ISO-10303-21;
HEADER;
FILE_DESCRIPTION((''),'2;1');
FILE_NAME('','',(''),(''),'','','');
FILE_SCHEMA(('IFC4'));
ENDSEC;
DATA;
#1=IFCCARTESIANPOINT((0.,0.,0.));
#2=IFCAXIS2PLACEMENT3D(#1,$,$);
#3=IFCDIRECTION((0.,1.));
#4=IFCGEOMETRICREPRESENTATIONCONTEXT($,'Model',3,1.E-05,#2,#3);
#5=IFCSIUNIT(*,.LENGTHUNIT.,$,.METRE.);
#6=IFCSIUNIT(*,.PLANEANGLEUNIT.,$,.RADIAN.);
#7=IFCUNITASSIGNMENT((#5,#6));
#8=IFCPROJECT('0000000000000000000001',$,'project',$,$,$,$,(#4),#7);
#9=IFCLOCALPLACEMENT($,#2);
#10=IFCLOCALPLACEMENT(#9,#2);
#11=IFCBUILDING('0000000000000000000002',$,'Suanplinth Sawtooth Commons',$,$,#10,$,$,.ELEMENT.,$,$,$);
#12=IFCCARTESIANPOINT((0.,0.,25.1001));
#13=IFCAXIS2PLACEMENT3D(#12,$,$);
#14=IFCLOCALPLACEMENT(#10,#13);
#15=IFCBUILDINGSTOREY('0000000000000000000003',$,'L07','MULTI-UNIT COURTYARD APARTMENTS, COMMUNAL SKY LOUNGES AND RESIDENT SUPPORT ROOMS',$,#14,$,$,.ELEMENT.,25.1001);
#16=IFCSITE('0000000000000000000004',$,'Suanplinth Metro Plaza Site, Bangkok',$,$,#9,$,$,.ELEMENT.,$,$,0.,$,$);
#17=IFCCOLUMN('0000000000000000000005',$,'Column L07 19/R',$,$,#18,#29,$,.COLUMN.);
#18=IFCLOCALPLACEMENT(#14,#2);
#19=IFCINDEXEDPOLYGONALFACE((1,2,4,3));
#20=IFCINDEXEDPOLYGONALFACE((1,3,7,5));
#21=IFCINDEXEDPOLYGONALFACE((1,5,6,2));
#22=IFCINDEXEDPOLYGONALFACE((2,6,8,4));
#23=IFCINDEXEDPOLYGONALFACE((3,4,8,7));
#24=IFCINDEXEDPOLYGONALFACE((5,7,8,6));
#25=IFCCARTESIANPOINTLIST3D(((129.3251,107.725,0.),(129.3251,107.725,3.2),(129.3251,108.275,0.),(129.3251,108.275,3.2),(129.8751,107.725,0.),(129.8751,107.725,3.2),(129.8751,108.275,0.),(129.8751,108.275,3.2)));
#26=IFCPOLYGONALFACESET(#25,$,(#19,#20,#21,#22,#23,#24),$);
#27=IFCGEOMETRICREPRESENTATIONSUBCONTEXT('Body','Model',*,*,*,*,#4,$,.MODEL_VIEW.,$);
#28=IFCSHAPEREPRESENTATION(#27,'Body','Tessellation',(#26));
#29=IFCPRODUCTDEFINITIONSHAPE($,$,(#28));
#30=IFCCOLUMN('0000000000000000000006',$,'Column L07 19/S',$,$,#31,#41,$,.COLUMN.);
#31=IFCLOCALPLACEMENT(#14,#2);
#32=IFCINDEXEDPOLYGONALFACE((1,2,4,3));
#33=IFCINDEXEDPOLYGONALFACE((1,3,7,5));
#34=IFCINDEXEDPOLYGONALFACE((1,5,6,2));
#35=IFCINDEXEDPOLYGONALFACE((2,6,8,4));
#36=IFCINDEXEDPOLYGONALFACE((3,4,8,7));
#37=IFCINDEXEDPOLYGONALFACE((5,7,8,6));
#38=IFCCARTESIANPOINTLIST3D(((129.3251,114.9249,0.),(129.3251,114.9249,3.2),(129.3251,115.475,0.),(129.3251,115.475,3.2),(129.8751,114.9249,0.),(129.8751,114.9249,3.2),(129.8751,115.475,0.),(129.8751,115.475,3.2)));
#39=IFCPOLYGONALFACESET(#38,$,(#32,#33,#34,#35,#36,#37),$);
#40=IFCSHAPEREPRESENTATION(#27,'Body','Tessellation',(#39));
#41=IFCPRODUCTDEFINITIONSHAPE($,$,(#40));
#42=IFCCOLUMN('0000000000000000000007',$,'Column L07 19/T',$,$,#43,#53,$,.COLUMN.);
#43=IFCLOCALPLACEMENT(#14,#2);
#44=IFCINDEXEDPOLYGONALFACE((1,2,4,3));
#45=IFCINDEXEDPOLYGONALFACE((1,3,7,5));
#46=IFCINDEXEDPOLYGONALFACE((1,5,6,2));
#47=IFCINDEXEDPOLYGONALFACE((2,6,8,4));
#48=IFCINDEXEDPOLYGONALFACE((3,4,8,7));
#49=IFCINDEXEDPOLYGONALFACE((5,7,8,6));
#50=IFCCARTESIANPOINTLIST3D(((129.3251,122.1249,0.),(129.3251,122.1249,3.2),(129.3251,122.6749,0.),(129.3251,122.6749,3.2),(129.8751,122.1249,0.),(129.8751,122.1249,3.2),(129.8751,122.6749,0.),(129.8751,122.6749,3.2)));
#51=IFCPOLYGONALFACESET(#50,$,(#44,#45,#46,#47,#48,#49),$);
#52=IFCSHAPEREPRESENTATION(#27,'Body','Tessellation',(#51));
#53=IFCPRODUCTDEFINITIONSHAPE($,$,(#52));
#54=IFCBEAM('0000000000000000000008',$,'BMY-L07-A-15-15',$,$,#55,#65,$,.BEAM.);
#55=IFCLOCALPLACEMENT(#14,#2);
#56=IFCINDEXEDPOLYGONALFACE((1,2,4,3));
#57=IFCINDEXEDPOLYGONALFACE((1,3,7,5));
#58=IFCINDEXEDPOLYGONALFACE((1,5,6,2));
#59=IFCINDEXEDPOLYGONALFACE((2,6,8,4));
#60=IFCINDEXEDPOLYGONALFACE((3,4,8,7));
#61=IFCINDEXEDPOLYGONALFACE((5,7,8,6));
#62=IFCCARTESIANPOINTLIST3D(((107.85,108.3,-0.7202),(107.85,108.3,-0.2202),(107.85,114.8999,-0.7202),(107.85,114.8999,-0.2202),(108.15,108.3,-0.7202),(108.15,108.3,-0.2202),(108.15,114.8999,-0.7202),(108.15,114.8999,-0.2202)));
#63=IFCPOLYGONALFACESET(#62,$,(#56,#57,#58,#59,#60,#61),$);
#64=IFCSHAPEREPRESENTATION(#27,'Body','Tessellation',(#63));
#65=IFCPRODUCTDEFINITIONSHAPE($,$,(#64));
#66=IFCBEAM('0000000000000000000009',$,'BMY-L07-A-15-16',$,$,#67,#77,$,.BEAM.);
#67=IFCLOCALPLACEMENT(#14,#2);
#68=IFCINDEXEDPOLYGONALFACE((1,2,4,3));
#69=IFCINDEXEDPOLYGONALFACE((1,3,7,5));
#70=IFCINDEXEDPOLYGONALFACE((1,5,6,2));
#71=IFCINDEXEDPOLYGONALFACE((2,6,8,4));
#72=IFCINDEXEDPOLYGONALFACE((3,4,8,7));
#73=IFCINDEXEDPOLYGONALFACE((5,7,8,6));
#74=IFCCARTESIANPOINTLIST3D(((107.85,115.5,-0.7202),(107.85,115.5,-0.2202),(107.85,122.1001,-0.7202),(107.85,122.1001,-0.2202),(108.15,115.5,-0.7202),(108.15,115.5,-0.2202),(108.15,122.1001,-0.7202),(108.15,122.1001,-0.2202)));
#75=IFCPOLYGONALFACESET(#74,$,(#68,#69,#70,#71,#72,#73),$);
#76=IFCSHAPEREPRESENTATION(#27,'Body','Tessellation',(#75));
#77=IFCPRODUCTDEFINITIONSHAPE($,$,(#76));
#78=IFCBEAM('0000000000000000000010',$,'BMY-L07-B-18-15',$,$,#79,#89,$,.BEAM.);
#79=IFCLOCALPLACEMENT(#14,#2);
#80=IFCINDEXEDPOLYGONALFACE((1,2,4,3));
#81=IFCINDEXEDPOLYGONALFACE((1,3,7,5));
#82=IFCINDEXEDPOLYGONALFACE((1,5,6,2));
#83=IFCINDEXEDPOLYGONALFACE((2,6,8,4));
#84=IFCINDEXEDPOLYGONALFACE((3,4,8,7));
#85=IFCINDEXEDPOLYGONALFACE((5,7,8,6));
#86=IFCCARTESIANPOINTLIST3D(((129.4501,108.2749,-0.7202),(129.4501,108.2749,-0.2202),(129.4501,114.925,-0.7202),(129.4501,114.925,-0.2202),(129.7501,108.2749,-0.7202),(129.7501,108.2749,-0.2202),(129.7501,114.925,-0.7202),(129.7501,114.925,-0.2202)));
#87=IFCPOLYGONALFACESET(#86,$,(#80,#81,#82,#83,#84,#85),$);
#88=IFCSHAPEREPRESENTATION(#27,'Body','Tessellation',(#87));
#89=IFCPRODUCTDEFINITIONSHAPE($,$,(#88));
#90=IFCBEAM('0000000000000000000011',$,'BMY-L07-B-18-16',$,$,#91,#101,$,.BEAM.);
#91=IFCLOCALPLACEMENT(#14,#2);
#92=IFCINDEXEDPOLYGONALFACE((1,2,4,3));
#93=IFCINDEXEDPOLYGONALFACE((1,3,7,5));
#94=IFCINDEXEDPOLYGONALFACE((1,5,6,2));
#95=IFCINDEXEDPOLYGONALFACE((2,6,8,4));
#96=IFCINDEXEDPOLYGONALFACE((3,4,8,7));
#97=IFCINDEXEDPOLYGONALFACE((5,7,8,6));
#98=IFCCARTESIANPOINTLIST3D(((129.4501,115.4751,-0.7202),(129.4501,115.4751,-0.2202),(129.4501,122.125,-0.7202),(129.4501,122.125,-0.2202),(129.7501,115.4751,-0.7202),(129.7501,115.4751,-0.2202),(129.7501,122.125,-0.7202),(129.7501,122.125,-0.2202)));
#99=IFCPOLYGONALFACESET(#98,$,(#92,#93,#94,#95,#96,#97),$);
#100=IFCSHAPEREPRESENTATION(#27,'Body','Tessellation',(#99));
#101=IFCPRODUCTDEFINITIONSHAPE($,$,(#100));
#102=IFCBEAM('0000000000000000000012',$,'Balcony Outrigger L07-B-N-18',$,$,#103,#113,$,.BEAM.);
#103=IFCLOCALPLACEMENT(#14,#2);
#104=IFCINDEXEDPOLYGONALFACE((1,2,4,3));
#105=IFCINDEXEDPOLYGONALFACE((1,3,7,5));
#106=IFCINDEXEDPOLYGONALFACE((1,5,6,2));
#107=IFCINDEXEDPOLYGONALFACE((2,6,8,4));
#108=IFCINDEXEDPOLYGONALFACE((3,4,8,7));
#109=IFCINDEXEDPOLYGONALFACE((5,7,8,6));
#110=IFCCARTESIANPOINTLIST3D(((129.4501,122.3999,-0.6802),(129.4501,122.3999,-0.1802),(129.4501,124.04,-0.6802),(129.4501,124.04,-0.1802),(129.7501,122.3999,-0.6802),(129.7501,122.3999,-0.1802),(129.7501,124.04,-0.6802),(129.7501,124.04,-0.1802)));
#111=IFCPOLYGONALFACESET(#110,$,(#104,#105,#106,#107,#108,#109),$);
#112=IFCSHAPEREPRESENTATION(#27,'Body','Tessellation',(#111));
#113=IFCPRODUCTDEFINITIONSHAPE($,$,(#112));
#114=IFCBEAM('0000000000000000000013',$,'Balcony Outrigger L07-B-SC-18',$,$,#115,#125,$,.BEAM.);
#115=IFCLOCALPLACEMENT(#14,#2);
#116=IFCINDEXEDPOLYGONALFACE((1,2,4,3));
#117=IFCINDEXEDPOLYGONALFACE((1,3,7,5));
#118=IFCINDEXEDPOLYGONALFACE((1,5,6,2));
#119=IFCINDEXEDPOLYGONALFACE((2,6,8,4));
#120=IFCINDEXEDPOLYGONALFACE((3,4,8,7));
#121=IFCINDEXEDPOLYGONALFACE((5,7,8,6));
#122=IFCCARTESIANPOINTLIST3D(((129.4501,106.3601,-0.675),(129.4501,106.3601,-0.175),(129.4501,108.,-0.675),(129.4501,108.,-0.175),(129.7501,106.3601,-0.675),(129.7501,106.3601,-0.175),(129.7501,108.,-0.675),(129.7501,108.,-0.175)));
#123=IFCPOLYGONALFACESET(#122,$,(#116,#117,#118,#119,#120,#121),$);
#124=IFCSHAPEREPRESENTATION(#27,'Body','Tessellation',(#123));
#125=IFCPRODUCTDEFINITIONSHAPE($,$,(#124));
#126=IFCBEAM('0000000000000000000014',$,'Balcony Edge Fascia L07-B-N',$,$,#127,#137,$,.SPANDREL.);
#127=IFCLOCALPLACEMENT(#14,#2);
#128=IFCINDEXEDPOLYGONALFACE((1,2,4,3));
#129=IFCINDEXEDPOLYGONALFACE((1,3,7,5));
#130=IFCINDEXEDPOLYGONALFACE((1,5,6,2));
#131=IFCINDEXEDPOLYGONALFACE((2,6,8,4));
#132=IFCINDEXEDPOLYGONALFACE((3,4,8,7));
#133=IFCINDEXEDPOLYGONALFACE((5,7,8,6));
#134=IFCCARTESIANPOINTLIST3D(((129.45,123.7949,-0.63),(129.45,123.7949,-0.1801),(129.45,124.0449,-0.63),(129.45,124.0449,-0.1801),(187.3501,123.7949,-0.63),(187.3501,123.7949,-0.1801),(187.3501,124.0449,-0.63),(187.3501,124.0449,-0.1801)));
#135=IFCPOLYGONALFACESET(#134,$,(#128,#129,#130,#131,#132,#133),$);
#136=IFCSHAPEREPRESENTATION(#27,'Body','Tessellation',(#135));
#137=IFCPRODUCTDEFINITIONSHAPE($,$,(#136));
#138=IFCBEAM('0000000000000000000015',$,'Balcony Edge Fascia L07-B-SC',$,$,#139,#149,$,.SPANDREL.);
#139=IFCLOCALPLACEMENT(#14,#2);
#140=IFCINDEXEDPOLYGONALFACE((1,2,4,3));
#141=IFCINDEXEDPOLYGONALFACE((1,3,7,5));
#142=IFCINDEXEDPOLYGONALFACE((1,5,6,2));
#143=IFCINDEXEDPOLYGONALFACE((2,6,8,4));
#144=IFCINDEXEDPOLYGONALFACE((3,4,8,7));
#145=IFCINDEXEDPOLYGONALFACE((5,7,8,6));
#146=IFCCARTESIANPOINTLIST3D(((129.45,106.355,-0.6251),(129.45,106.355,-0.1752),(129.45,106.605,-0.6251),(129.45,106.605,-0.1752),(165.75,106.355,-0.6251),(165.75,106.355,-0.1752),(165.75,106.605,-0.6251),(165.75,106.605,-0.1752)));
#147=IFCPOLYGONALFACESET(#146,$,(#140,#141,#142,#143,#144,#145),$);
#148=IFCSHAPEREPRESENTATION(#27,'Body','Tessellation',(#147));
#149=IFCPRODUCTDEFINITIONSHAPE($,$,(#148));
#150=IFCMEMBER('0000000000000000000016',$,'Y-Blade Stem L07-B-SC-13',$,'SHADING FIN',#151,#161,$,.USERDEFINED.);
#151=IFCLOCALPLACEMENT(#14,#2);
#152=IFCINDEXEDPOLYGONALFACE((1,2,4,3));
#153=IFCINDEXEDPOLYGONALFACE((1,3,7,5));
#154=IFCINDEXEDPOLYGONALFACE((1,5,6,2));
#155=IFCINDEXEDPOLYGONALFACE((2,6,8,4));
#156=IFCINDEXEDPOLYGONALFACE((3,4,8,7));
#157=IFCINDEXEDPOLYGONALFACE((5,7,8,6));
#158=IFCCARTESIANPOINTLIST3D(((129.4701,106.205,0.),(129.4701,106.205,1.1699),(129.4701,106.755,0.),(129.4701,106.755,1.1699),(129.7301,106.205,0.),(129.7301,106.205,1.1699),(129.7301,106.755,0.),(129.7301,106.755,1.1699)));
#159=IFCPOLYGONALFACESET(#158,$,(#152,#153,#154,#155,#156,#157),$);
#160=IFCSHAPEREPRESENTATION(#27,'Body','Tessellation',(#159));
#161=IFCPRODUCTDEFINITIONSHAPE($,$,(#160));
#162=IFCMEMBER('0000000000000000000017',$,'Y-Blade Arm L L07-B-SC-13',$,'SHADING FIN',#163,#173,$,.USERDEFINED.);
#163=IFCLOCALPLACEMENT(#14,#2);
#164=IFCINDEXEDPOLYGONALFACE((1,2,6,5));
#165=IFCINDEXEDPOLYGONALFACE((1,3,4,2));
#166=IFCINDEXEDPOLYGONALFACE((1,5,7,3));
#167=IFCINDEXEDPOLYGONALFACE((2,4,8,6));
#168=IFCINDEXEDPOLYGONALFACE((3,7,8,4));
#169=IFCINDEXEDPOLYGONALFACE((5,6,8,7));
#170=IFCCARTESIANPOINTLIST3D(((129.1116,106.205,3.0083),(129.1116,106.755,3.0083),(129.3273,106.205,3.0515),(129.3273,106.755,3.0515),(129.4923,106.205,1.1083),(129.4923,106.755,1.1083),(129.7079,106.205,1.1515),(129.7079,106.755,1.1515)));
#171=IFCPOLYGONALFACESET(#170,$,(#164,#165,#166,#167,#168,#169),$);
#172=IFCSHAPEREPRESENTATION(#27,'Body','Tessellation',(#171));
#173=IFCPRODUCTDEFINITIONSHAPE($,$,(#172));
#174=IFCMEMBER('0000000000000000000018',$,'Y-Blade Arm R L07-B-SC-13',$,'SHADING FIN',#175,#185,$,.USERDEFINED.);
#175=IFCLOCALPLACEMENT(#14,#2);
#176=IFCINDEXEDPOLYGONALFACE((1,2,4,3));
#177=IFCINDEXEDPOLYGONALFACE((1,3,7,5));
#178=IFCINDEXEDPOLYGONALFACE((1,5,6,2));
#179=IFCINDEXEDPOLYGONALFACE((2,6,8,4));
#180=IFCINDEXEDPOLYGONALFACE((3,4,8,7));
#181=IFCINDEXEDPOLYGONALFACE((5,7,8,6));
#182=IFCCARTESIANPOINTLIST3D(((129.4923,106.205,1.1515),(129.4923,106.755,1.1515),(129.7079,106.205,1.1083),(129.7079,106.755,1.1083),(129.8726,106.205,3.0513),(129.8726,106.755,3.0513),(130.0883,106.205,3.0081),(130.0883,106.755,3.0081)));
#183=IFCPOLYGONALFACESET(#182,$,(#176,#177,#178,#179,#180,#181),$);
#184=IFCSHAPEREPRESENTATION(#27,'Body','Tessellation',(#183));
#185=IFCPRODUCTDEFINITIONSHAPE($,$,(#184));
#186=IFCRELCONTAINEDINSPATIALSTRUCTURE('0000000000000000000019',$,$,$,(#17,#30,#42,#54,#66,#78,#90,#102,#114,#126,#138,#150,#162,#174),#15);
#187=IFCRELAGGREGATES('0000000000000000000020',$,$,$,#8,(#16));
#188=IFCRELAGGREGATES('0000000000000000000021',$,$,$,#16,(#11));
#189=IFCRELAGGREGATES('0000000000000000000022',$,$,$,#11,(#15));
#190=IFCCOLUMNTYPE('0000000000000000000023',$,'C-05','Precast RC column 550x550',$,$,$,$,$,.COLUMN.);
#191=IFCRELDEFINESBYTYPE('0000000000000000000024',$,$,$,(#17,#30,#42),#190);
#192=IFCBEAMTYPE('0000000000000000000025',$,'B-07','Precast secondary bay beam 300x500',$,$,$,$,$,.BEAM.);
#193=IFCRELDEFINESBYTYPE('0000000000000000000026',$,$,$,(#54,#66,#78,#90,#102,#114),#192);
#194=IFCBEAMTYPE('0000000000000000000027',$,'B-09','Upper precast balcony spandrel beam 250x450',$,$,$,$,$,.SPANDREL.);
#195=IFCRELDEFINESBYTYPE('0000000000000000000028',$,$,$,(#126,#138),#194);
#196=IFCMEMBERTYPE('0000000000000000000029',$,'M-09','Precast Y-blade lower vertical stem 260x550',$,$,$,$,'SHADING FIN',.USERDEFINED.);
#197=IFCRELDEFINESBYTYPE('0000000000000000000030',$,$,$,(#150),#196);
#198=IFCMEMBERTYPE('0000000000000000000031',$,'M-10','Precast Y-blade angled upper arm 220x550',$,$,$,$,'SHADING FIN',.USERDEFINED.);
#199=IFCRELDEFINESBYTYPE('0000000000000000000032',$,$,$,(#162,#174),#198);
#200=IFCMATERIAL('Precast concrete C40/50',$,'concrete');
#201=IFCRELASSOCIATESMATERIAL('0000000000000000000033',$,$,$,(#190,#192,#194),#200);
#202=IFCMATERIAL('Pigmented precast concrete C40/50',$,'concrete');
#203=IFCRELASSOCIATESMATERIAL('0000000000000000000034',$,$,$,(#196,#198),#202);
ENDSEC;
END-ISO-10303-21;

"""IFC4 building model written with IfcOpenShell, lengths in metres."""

from ifc_helpers import new_model, si_unit, direction, frame, origin, origin_2d, place, context, subcontext, project, spatial, rectangle, extrude, material, material_profile, profile_set, type_object, element, save


model = new_model("IFC4")

# Units and contexts
model_context = context("Model", 3, precision=1e-05, world=origin(), true_north=direction((0.0, 1.0)))
body_context = subcontext(model_context, "Body", "Model", "MODEL_VIEW")
ifc_project = project(units=[si_unit("LENGTHUNIT", "METRE"), si_unit("PLANEANGLEUNIT", "RADIAN")], contexts=[model_context])

# Site, building, storey
site_placement = place(None, origin())
site = spatial("IfcSite", under=ifc_project, at=site_placement, Name="Suanplinth Metro Plaza Site, Bangkok", CompositionType="ELEMENT", RefElevation=0.0)
building_placement = place(site_placement, origin())
building = spatial("IfcBuilding", under=site, at=building_placement, Name="Suanplinth Sawtooth Commons", CompositionType="ELEMENT")
storey_placement = place(building_placement, frame((0.0, 0.0, 25.1001)))
storey = spatial("IfcBuildingStorey", under=building, at=storey_placement, Name="L07", Description="MULTI-UNIT COURTYARD APARTMENTS, COMMUNAL SKY LOUNGES AND RESIDENT SUPPORT ROOMS", CompositionType="ELEMENT", Elevation=25.1001)

# Columns
ifc_material_1 = material(Name="Precast concrete C40/50", Category="concrete")
ifc_material_profile_1 = material_profile(ifc_material_1, rectangle(XDim=0.55, YDim=0.55, at=origin_2d()), Name="PC-COL 550x550")
ifc_profile_set_1 = profile_set([ifc_material_profile_1], Name="Precast concrete C40/50")
column_type = type_object("IfcColumnType", Name="C-05", Description="Precast RC column 550x550", PredefinedType="COLUMN", material=ifc_profile_set_1)
for number, where, z_axis, x_axis, name in (
    (1, (129.6001, 108.0, 0.0), (0.0, 0.0, 1.0), (1.0, 0.0, 0.0), "Column L07 19/R"),
    (2, (129.6001, 115.2, 0.0), (0.0, 0.0, 1.0), (1.0, 0.0, 0.0), "Column L07 19/S"),
    (3, (129.6001, 122.3999, 0.0), (0.0, 0.0, 1.0), (1.0, 0.0, 0.0), "Column L07 19/T"),
):
    element("IfcColumn", number, at=place(storey_placement, frame(where, z_axis=z_axis, x_axis=x_axis)), inside=storey, type_object=column_type, Name=name, PredefinedType="COLUMN", context=body_context, shape_type="SweptSolid", body=[
        extrude(rectangle(XDim=0.55, YDim=0.55, at=origin_2d()), origin(), (0.0, 0.0, 1.0), 3.2),
    ])

# Beams
ifc_material_profile_2 = material_profile(ifc_material_1, rectangle(XDim=0.3, YDim=0.5, at=origin_2d()), Name="PC-BM 300x500")
ifc_profile_set_2 = profile_set([ifc_material_profile_2], Name="Precast concrete C40/50")
beam_type_1 = type_object("IfcBeamType", Name="B-07", Description="Precast secondary bay beam 300x500", PredefinedType="BEAM", material=ifc_profile_set_2)
beam_1_placement = place(storey_placement, frame((108.0, 108.3, -0.4702), z_axis=(0.0, 1.0, 0.0), x_axis=(-1.0, 0.0, 0.0)))
element("IfcBeam", 4, at=beam_1_placement, inside=storey, type_object=beam_type_1, Name="BMY-L07-A-15-15", PredefinedType="BEAM", context=body_context, shape_type="SweptSolid", body=[
    extrude(rectangle(XDim=0.3, YDim=0.5, at=origin_2d()), origin(), (0.0, 0.0, 1.0), 6.5999),
])
beam_2_placement = place(storey_placement, frame((108.0, 115.5, -0.4702), z_axis=(0.0, 1.0, 0.0), x_axis=(-1.0, 0.0, 0.0)))
element("IfcBeam", 5, at=beam_2_placement, inside=storey, type_object=beam_type_1, Name="BMY-L07-A-15-16", PredefinedType="BEAM", context=body_context, shape_type="SweptSolid", body=[
    extrude(rectangle(XDim=0.3, YDim=0.5, at=origin_2d()), origin(), (0.0, 0.0, 1.0), 6.6001),
])
beam_3_placement = place(storey_placement, frame((129.6001, 108.2749, -0.4702), z_axis=(0.0, 1.0, 0.0), x_axis=(-1.0, 0.0, 0.0)))
element("IfcBeam", 6, at=beam_3_placement, inside=storey, type_object=beam_type_1, Name="BMY-L07-B-18-15", PredefinedType="BEAM", context=body_context, shape_type="SweptSolid", body=[
    extrude(rectangle(XDim=0.3, YDim=0.5, at=origin_2d()), origin(), (0.0, 0.0, 1.0), 6.6501),
])
beam_4_placement = place(storey_placement, frame((129.6001, 115.4751, -0.4702), z_axis=(0.0, 1.0, 0.0), x_axis=(-1.0, 0.0, 0.0)))
element("IfcBeam", 7, at=beam_4_placement, inside=storey, type_object=beam_type_1, Name="BMY-L07-B-18-16", PredefinedType="BEAM", context=body_context, shape_type="SweptSolid", body=[
    extrude(rectangle(XDim=0.3, YDim=0.5, at=origin_2d()), origin(), (0.0, 0.0, 1.0), 6.6499),
])
beam_5_placement = place(storey_placement, frame((129.6001, 122.3999, -0.4302), z_axis=(0.0, 1.0, 0.0), x_axis=(-1.0, 0.0, 0.0)))
element("IfcBeam", 8, at=beam_5_placement, inside=storey, type_object=beam_type_1, Name="Balcony Outrigger L07-B-N-18", PredefinedType="BEAM", context=body_context, shape_type="SweptSolid", body=[
    extrude(rectangle(XDim=0.3, YDim=0.5, at=origin_2d()), origin(), (0.0, 0.0, 1.0), 1.6401),
])
beam_6_placement = place(storey_placement, frame((129.6001, 108.0, -0.425), z_axis=(0.0, -1.0, 0.0), x_axis=(1.0, 0.0, 0.0)))
element("IfcBeam", 9, at=beam_6_placement, inside=storey, type_object=beam_type_1, Name="Balcony Outrigger L07-B-SC-18", PredefinedType="BEAM", context=body_context, shape_type="SweptSolid", body=[
    extrude(rectangle(XDim=0.3, YDim=0.5, at=origin_2d()), origin(), (0.0, 0.0, 1.0), 1.6399),
])
ifc_material_profile_3 = material_profile(ifc_material_1, rectangle(XDim=0.25, YDim=0.45, at=origin_2d()), Name="PC-SP 250x450")
ifc_profile_set_3 = profile_set([ifc_material_profile_3], Name="Precast concrete C40/50")
beam_type_2 = type_object("IfcBeamType", Name="B-09", Description="Upper precast balcony spandrel beam 250x450", PredefinedType="SPANDREL", material=ifc_profile_set_3)
beam_7_placement = place(storey_placement, frame((129.45, 123.9199, -0.405), z_axis=(1.0, 0.0, 0.0), x_axis=(0.0, 1.0, 0.0)))
element("IfcBeam", 10, at=beam_7_placement, inside=storey, type_object=beam_type_2, Name="Balcony Edge Fascia L07-B-N", PredefinedType="SPANDREL", context=body_context, shape_type="SweptSolid", body=[
    extrude(rectangle(XDim=0.25, YDim=0.45, at=origin_2d()), origin(), (0.0, 0.0, 1.0), 57.9001),
])
beam_8_placement = place(storey_placement, frame((129.45, 106.48, -0.4001), z_axis=(1.0, 0.0, 0.0), x_axis=(0.0, 1.0, 0.0)))
element("IfcBeam", 11, at=beam_8_placement, inside=storey, type_object=beam_type_2, Name="Balcony Edge Fascia L07-B-SC", PredefinedType="SPANDREL", context=body_context, shape_type="SweptSolid", body=[
    extrude(rectangle(XDim=0.25, YDim=0.45, at=origin_2d()), origin(), (0.0, 0.0, 1.0), 36.3),
])

# Members
ifc_material_2 = material(Name="Pigmented precast concrete C40/50", Category="concrete")
ifc_material_profile_4 = material_profile(ifc_material_2, rectangle(XDim=0.26, YDim=0.55, at=origin_2d()), Name="PC-FIN 260x550")
ifc_profile_set_4 = profile_set([ifc_material_profile_4], Name="Pigmented precast concrete C40/50")
member_type_1 = type_object("IfcMemberType", Name="M-09", Description="Precast Y-blade lower vertical stem 260x550", ElementType="SHADING FIN", PredefinedType="USERDEFINED", material=ifc_profile_set_4)
member_1_placement = place(storey_placement, frame((129.6001, 106.48, 0.0), z_axis=(0.0, 0.0, 1.0), x_axis=(1.0, 0.0, 0.0)))
element("IfcMember", 12, at=member_1_placement, inside=storey, type_object=member_type_1, Name="Y-Blade Stem L07-B-SC-13", ObjectType="SHADING FIN", PredefinedType="USERDEFINED", context=body_context, shape_type="SweptSolid", body=[
    extrude(rectangle(XDim=0.26, YDim=0.55, at=origin_2d()), origin(), (0.0, 0.0, 1.0), 1.1699),
])
ifc_material_profile_5 = material_profile(ifc_material_2, rectangle(XDim=0.22, YDim=0.55, at=origin_2d()), Name="PC-FIN 220x550")
ifc_profile_set_5 = profile_set([ifc_material_profile_5], Name="Pigmented precast concrete C40/50")
member_type_2 = type_object("IfcMemberType", Name="M-10", Description="Precast Y-blade angled upper arm 220x550", ElementType="SHADING FIN", PredefinedType="USERDEFINED", material=ifc_profile_set_5)
member_2_placement = place(storey_placement, frame((129.6001, 106.48, 1.1299), z_axis=(-0.196431, 0.0, 0.980518), x_axis=(0.980518, 0.0, 0.196431)))
element("IfcMember", 13, at=member_2_placement, inside=storey, type_object=member_type_2, Name="Y-Blade Arm L L07-B-SC-13", ObjectType="SHADING FIN", PredefinedType="USERDEFINED", context=body_context, shape_type="SweptSolid", body=[
    extrude(rectangle(XDim=0.22, YDim=0.55, at=origin_2d()), origin(), (0.0, 0.0, 1.0), 1.9377),
])
member_3_placement = place(storey_placement, frame((129.6001, 106.48, 1.1299), z_axis=(0.19631, 0.0, 0.980542), x_axis=(-0.980542, 0.0, 0.19631)))
element("IfcMember", 14, at=member_3_placement, inside=storey, type_object=member_type_2, Name="Y-Blade Arm R L07-B-SC-13", ObjectType="SHADING FIN", PredefinedType="USERDEFINED", context=body_context, shape_type="SweptSolid", body=[
    extrude(rectangle(XDim=0.22, YDim=0.55, at=origin_2d()), origin(), (0.0, 0.0, 1.0), 1.9375),
])

save(model, "model.ifc")
